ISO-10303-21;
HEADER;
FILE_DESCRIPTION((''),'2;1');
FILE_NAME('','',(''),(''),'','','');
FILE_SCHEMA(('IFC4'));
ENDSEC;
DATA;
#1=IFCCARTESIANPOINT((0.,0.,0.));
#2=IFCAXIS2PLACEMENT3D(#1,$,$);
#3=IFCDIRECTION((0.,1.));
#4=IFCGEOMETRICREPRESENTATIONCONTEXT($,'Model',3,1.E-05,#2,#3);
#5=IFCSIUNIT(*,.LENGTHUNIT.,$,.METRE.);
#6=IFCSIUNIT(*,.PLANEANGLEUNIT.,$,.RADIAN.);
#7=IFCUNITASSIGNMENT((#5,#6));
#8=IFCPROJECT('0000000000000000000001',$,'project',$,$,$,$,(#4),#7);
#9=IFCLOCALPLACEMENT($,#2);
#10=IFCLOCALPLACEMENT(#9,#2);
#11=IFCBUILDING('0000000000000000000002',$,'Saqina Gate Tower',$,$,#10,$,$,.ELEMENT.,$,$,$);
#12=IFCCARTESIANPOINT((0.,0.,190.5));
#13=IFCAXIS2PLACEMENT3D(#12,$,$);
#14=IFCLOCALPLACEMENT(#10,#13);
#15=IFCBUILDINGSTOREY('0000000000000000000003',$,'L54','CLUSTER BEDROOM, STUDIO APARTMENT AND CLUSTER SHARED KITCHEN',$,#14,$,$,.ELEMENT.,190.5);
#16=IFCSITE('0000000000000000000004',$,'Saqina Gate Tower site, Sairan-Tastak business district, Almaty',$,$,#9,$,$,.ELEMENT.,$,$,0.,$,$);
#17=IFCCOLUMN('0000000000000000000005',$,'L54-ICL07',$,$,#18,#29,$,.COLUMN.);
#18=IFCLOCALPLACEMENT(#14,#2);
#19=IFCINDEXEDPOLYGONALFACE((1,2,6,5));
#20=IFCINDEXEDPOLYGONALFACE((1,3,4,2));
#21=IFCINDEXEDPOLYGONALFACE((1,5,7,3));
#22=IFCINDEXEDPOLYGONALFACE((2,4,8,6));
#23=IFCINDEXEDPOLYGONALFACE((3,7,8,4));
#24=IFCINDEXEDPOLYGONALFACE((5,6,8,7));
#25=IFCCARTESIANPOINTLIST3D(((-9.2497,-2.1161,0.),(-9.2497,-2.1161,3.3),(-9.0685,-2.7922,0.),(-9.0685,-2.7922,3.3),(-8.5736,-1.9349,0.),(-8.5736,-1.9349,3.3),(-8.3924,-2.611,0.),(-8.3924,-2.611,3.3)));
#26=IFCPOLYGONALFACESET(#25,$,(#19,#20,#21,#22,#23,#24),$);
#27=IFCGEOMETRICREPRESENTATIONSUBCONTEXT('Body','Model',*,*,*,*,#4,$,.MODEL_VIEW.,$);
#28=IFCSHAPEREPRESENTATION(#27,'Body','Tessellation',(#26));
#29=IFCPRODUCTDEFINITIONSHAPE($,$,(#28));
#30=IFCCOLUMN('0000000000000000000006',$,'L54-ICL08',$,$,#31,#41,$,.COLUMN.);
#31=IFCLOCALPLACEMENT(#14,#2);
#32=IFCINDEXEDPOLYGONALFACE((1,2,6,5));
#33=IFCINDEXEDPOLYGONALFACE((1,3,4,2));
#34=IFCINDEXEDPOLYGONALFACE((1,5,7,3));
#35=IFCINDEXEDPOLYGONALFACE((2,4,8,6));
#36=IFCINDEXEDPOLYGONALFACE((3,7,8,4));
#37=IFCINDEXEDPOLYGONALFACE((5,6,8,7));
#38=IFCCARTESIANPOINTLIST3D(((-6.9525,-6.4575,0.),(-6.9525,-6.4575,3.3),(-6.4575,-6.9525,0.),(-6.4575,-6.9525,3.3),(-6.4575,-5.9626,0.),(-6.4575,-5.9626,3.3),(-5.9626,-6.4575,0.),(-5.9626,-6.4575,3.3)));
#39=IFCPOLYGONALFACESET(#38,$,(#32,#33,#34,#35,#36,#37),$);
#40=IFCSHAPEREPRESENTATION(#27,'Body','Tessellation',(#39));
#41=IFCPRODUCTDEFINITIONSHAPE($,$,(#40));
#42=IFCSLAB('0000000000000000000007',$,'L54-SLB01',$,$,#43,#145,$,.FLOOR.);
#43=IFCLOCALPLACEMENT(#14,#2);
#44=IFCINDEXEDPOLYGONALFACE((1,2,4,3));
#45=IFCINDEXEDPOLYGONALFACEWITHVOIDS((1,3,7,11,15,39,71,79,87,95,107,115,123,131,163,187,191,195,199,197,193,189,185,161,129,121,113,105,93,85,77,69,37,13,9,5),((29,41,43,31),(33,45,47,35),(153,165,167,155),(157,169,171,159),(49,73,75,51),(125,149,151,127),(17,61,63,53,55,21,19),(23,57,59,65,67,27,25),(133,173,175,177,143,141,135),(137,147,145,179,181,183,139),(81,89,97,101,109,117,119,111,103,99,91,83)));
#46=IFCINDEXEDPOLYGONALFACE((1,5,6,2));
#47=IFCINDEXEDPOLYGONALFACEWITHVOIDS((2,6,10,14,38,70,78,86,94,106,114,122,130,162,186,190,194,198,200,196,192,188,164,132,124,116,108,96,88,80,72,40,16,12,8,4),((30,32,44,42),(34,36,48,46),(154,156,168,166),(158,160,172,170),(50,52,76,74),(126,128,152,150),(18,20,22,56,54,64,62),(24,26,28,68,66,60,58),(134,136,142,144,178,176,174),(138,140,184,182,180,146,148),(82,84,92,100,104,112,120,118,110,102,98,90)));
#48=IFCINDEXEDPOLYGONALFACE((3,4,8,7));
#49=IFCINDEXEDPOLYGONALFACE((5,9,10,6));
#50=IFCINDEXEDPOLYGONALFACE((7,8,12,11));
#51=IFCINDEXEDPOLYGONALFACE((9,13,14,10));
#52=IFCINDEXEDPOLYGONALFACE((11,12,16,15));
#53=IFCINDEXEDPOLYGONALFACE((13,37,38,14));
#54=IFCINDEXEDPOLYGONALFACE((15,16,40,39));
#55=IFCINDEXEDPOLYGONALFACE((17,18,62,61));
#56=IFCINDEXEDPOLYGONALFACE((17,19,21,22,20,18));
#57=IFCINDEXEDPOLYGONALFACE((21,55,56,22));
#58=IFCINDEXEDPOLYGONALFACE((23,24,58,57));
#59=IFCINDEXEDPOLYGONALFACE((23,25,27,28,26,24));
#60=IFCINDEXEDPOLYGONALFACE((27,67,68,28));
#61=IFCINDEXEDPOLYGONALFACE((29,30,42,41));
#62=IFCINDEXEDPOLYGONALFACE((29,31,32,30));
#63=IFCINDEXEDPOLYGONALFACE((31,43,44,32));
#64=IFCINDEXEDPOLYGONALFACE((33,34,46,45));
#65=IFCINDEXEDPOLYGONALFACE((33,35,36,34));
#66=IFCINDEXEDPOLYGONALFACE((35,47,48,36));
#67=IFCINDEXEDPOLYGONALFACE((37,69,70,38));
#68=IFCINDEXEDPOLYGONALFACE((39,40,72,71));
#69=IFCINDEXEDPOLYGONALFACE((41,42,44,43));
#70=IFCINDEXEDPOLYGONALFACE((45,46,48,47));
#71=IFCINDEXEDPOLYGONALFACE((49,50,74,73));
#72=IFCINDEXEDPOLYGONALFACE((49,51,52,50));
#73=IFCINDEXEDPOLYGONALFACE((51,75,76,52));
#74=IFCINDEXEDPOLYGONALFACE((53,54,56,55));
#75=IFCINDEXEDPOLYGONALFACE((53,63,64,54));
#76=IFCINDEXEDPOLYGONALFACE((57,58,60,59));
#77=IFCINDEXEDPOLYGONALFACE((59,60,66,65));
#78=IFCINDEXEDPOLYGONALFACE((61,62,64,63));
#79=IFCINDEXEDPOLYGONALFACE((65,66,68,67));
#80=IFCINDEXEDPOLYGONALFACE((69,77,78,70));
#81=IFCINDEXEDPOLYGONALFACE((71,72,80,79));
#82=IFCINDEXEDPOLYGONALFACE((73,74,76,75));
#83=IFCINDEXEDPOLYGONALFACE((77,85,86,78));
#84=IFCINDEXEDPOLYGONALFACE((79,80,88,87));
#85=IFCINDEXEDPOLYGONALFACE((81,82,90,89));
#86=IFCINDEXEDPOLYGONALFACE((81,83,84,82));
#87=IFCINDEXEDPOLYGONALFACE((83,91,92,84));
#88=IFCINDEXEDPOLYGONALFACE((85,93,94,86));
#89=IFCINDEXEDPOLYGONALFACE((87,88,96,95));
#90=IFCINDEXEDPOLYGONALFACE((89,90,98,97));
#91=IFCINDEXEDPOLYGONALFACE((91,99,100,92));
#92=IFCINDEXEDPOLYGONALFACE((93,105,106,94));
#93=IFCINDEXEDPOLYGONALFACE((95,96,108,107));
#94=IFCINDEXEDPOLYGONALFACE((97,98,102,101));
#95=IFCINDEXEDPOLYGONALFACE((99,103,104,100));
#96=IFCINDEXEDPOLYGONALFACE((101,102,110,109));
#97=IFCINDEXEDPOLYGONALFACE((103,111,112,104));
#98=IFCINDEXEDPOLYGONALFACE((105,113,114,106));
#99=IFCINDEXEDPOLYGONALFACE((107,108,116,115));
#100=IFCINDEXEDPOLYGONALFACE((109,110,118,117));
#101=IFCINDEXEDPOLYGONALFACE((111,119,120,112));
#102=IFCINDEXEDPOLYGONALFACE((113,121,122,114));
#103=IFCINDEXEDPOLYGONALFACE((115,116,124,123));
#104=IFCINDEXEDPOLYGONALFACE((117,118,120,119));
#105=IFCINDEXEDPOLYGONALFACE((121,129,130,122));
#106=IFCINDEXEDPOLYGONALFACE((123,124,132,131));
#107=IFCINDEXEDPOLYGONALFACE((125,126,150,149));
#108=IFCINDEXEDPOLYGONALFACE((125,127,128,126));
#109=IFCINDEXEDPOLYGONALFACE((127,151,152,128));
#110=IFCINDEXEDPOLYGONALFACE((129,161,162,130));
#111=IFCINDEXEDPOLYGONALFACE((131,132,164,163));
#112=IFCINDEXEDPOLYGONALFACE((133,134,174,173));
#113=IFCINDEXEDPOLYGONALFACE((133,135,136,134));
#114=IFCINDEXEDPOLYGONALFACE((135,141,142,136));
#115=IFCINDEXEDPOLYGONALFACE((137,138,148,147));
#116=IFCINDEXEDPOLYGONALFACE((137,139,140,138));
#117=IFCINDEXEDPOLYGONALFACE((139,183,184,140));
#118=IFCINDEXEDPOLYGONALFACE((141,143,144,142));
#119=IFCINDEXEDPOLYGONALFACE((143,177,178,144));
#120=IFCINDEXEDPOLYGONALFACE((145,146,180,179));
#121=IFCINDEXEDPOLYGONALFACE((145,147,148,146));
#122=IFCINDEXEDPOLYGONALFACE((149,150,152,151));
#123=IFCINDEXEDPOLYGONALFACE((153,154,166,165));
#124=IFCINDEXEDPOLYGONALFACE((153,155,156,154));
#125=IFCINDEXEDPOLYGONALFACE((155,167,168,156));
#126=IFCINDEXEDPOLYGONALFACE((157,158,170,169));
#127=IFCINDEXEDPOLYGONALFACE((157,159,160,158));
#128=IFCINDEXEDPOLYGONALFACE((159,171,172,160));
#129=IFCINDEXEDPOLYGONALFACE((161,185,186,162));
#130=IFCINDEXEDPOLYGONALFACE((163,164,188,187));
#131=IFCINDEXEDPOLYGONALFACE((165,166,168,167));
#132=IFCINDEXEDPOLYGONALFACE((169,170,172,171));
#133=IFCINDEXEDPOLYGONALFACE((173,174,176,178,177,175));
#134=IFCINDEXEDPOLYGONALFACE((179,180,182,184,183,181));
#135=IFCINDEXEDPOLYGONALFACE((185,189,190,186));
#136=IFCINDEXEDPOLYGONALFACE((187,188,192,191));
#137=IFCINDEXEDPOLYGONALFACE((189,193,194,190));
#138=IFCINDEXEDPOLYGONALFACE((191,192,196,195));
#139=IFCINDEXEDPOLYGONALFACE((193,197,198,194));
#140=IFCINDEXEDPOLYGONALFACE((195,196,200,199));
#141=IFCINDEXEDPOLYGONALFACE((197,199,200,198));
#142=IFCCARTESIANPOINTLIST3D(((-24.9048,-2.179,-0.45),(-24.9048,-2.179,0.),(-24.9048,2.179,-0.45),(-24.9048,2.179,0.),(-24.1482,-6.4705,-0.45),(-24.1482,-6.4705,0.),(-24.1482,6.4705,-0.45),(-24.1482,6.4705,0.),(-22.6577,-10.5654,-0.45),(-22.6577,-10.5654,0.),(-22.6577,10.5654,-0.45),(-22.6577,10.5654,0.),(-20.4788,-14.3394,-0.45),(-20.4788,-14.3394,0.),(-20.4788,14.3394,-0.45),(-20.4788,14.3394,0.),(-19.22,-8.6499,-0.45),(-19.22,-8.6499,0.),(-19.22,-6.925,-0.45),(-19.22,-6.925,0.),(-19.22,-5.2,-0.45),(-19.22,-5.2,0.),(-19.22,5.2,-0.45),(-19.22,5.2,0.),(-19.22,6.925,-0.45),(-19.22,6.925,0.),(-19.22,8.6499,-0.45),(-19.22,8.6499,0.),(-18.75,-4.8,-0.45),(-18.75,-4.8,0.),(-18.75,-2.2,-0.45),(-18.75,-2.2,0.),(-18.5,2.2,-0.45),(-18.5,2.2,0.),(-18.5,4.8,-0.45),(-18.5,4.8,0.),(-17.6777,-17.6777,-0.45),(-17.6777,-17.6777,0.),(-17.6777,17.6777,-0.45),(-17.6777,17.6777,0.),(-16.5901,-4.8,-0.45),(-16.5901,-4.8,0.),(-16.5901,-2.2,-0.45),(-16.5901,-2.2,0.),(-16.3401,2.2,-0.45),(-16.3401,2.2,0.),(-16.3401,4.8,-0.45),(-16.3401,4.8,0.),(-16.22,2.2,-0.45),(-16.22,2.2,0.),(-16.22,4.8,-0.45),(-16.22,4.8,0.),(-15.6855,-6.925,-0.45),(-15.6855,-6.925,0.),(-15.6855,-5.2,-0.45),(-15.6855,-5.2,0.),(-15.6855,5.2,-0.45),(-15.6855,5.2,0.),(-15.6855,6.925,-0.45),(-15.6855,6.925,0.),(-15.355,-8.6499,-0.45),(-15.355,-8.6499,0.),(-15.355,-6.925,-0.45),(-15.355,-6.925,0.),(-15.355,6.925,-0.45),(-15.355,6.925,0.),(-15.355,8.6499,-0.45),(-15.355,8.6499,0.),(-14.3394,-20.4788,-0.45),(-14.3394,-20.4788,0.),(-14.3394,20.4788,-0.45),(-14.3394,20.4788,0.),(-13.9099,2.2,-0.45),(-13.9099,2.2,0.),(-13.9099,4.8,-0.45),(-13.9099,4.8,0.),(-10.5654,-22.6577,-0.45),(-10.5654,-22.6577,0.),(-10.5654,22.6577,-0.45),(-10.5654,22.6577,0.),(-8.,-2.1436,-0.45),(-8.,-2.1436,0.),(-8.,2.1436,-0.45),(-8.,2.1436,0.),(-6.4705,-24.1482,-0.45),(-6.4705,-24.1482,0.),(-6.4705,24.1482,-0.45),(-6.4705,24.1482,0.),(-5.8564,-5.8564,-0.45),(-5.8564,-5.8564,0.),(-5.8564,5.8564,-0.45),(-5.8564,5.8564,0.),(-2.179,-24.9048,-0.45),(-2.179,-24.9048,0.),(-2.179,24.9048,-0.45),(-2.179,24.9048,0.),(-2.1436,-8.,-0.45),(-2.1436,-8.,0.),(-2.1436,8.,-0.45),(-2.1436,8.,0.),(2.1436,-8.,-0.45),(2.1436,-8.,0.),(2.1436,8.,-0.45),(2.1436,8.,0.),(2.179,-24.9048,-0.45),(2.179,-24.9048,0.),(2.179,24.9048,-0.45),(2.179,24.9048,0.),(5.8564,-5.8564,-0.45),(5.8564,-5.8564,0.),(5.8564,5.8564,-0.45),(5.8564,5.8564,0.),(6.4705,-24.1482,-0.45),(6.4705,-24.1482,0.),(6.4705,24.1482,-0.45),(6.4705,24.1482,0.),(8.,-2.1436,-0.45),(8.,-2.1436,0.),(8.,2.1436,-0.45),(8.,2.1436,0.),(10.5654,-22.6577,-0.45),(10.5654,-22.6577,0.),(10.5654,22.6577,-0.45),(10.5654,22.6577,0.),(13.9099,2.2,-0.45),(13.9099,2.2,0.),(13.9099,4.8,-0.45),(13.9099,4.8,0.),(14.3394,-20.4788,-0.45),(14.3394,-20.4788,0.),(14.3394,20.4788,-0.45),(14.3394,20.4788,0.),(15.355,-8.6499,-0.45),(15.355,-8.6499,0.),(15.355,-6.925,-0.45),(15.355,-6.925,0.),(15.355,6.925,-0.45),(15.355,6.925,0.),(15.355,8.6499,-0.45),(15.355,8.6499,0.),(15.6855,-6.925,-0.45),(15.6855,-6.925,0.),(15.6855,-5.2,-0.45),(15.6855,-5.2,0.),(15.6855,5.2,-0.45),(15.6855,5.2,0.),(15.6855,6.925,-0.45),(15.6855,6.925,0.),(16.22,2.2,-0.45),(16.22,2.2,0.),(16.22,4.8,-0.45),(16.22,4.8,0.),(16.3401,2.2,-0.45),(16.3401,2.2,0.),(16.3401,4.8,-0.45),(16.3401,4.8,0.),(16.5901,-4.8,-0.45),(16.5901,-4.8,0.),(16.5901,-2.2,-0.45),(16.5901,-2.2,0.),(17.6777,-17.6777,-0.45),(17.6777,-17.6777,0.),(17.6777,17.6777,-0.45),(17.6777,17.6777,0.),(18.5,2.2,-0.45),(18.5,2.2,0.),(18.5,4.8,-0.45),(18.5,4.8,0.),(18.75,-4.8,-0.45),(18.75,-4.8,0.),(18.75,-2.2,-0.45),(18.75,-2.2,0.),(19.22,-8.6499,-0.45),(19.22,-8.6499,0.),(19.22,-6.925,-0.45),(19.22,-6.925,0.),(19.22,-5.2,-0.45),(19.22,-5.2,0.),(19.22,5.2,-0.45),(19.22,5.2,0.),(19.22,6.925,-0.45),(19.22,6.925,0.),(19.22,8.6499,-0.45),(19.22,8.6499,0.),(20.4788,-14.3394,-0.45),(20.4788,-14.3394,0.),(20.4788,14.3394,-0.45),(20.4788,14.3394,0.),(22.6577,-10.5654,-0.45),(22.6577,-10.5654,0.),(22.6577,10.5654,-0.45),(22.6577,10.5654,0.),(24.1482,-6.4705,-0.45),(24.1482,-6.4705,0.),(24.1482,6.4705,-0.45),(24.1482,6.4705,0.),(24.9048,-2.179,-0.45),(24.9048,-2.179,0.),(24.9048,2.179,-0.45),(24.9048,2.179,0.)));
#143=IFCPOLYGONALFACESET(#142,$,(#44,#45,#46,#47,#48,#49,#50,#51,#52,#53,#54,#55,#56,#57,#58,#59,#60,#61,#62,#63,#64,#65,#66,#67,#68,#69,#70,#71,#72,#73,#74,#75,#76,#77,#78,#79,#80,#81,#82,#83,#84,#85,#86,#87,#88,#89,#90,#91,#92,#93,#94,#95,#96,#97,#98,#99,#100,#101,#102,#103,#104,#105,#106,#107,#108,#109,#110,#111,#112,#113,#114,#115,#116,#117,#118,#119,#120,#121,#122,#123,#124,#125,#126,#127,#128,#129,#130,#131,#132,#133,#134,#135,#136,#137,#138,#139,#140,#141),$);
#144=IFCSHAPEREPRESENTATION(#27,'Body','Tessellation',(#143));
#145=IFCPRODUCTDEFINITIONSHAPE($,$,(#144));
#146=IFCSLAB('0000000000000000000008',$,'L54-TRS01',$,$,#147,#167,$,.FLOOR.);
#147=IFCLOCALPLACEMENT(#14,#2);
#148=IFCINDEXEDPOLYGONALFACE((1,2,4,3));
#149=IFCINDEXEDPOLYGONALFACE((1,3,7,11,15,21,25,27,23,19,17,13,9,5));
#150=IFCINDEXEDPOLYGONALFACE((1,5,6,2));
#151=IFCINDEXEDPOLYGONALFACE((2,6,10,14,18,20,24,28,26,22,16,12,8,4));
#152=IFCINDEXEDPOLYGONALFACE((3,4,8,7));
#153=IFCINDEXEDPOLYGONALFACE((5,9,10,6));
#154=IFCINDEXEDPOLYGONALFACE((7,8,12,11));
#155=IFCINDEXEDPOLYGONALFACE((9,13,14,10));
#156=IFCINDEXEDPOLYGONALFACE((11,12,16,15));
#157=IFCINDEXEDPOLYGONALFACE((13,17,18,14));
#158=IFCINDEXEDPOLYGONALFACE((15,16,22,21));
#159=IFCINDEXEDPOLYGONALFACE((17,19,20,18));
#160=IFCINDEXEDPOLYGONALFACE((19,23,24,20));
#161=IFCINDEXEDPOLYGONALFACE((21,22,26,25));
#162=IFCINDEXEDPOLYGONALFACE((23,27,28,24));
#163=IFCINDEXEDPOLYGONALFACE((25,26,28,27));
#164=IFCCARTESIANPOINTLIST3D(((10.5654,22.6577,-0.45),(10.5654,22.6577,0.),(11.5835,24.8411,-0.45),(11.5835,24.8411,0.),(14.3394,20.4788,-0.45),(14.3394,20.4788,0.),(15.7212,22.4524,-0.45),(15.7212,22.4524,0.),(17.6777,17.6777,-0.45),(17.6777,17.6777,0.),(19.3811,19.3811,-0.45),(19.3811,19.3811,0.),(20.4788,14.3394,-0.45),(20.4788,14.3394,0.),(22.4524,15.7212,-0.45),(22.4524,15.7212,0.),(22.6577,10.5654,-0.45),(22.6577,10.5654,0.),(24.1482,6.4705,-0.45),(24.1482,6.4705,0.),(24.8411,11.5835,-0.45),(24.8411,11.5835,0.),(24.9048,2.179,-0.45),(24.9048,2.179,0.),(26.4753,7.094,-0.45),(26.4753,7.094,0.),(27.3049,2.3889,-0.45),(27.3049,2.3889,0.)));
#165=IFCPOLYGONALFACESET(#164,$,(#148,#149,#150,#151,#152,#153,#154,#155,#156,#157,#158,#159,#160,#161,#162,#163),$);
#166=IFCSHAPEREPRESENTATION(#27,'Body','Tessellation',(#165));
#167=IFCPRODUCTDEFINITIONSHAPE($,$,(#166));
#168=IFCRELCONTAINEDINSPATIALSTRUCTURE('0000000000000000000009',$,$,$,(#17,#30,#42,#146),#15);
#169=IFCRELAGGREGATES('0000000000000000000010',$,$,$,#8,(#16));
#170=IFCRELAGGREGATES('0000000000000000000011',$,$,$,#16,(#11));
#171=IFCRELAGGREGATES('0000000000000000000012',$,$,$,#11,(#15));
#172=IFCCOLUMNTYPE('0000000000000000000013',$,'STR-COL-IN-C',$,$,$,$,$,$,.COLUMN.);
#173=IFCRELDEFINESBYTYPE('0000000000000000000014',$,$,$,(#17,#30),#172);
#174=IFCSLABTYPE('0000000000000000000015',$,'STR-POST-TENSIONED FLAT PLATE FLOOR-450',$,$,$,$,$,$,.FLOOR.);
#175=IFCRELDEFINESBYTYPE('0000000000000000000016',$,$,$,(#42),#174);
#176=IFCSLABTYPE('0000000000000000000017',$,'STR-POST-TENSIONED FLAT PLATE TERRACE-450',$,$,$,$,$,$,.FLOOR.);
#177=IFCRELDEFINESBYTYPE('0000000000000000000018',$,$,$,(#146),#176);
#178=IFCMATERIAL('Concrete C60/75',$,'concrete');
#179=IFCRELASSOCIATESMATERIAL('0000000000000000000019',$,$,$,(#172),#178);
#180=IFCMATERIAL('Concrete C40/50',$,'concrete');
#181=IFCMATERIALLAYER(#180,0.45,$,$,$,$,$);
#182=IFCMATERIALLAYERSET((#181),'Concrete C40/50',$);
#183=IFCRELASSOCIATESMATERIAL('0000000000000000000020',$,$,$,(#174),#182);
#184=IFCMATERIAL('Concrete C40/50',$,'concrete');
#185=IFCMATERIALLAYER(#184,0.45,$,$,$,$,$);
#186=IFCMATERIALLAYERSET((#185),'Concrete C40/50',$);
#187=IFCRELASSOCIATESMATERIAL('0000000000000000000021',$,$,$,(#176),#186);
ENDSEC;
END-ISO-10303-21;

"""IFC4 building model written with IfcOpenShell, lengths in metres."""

from ifc_helpers import new_model, si_unit, direction, frame, origin, origin_2d, place, context, subcontext, project, spatial, polyline, rectangle, outline, extrude, material, layer, layer_set, material_profile, profile_set, type_object, element, save


model = new_model("IFC4")

# Units and contexts
model_context = context("Model", 3, precision=1e-05, world=origin(), true_north=direction((0.0, 1.0)))
body_context = subcontext(model_context, "Body", "Model", "MODEL_VIEW")
ifc_project = project(units=[si_unit("LENGTHUNIT", "METRE"), si_unit("PLANEANGLEUNIT", "RADIAN")], contexts=[model_context])

# Site, building, storey
site_placement = place(None, origin())
site = spatial("IfcSite", under=ifc_project, at=site_placement, Name="Saqina Gate Tower site, Sairan-Tastak business district, Almaty", CompositionType="ELEMENT", RefElevation=0.0)
building_placement = place(site_placement, origin())
building = spatial("IfcBuilding", under=site, at=building_placement, Name="Saqina Gate Tower", CompositionType="ELEMENT")
storey_placement = place(building_placement, frame((0.0, 0.0, 190.5)))
storey = spatial("IfcBuildingStorey", under=building, at=storey_placement, Name="L54", Description="CLUSTER BEDROOM, STUDIO APARTMENT AND CLUSTER SHARED KITCHEN", CompositionType="ELEMENT", Elevation=190.5)

# Columns
ifc_material_1 = material(Name="Concrete C60/75", Category="concrete")
ifc_material_profile = material_profile(ifc_material_1, rectangle(XDim=0.7, YDim=0.7, at=origin_2d()), Name="RC 700x700")
ifc_profile_set = profile_set([ifc_material_profile], Name="Concrete C60/75")
column_type = type_object("IfcColumnType", Name="STR-COL-IN-C", PredefinedType="COLUMN", material=ifc_profile_set)
for number, where, z_axis, x_axis, name in (
    (1, (-8.821, -2.3635, 0.0), (0.0, 0.0, 1.0), (-0.965926, -0.258819, 0.0), "L54-ICL07"),
    (2, (-6.4575, -6.4575, 0.0), (0.0, 0.0, 1.0), (-0.707107, -0.707107, 0.0), "L54-ICL08"),
):
    element("IfcColumn", number, at=place(storey_placement, frame(where, z_axis=z_axis, x_axis=x_axis)), inside=storey, type_object=column_type, Name=name, PredefinedType="COLUMN", context=body_context, shape_type="SweptSolid", body=[
        extrude(rectangle(XDim=0.7, YDim=0.7, at=origin_2d()), origin(), (0.0, 0.0, 1.0), 3.3),
    ])

# Slabs
ifc_material_2 = material(Name="Concrete C40/50", Category="concrete")
ifc_layer_1 = layer(ifc_material_2, 0.45)
ifc_layer_set_1 = layer_set([ifc_layer_1], Name="Concrete C40/50")
slab_type_1 = type_object("IfcSlabType", Name="STR-POST-TENSIONED FLAT PLATE FLOOR-450", PredefinedType="FLOOR", material=ifc_layer_set_1)
slab_1_placement = place(storey_placement, frame((0.0, 0.0, -0.45)))
element("IfcSlab", 3, at=slab_1_placement, inside=storey, type_object=slab_type_1, Name="L54-SLB01", PredefinedType="FLOOR", context=body_context, shape_type="SweptSolid", body=[
    extrude(outline(polyline([(24.1482, -6.4705), (24.9048, -2.179), (24.9048, 2.179), (24.1482, 6.4705), (22.6577, 10.5654), (20.4788, 14.3394), (17.6777, 17.6777), (14.3394, 20.4788), (10.5654, 22.6577), (6.4705, 24.1482), (2.179, 24.9048), (-2.179, 24.9048), (-6.4705, 24.1482), (-10.5654, 22.6577), (-14.3394, 20.4788), (-17.6777, 17.6777), (-20.4788, 14.3394), (-22.6577, 10.5654), (-24.1482, 6.4705), (-24.9048, 2.179), (-24.9048, -2.179), (-24.1482, -6.4705), (-22.6577, -10.5654), (-20.4788, -14.3394), (-17.6777, -17.6777), (-14.3394, -20.4788), (-10.5654, -22.6577), (-6.4705, -24.1482), (-2.179, -24.9048), (2.179, -24.9048), (6.4705, -24.1482), (10.5654, -22.6577), (14.3394, -20.4788), (17.6777, -17.6777), (20.4788, -14.3394), (22.6577, -10.5654), (24.1482, -6.4705)]), holes=[polyline([(2.1436, 8.0), (5.8564, 5.8564), (8.0, 2.1436), (8.0, -2.1436), (5.8564, -5.8564), (2.1436, -8.0), (-2.1436, -8.0), (-5.8564, -5.8564), (-8.0, -2.1436), (-8.0, 2.1436), (-5.8564, 5.8564), (-2.1436, 8.0), (2.1436, 8.0)]), polyline([(-15.355, -8.6499), (-19.22, -8.6499), (-19.22, -6.925), (-19.22, -5.2), (-15.6855, -5.2), (-15.6855, -6.925), (-15.355, -6.925), (-15.355, -8.6499)]), polyline([(-16.5901, -2.2), (-16.5901, -4.8), (-18.75, -4.8), (-18.75, -2.2), (-16.5901, -2.2)]), polyline([(-16.3401, 4.8), (-16.3401, 2.2), (-18.5, 2.2), (-18.5, 4.8), (-16.3401, 4.8)]), polyline([(-13.9099, 4.8), (-13.9099, 2.2), (-16.22, 2.2), (-16.22, 4.8), (-13.9099, 4.8)]), polyline([(-19.22, 6.925), (-19.22, 8.6499), (-15.355, 8.6499), (-15.355, 6.925), (-15.6855, 6.925), (-15.6855, 5.2), (-19.22, 5.2), (-19.22, 6.925)]), polyline([(15.355, -8.6499), (15.355, -6.925), (15.6855, -6.925), (15.6855, -5.2), (19.22, -5.2), (19.22, -6.925), (19.22, -8.6499), (15.355, -8.6499)]), polyline([(18.75, -2.2), (18.75, -4.8), (16.5901, -4.8), (16.5901, -2.2), (18.75, -2.2)]), polyline([(16.22, 4.8), (16.22, 2.2), (13.9099, 2.2), (13.9099, 4.8), (16.22, 4.8)]), polyline([(18.5, 4.8), (18.5, 2.2), (16.3401, 2.2), (16.3401, 4.8), (18.5, 4.8)]), polyline([(15.6855, 6.925), (15.355, 6.925), (15.355, 8.6499), (19.22, 8.6499), (19.22, 6.925), (19.22, 5.2), (15.6855, 5.2), (15.6855, 6.925)])]), origin(), (0.0, 0.0, 1.0), 0.45),
])
ifc_material_3 = material(Name="Concrete C40/50", Category="concrete")
ifc_layer_2 = layer(ifc_material_3, 0.45)
ifc_layer_set_2 = layer_set([ifc_layer_2], Name="Concrete C40/50")
slab_type_2 = type_object("IfcSlabType", Name="STR-POST-TENSIONED FLAT PLATE TERRACE-450", PredefinedType="FLOOR", material=ifc_layer_set_2)
slab_2_placement = place(storey_placement, frame((0.0, 0.0, -0.45)))
element("IfcSlab", 4, at=slab_2_placement, inside=storey, type_object=slab_type_2, Name="L54-TRS01", PredefinedType="FLOOR", context=body_context, shape_type="SweptSolid", body=[
    extrude(outline(polyline([(24.9048, 2.179), (24.1482, 6.4705), (22.6577, 10.5654), (20.4788, 14.3394), (17.6777, 17.6777), (14.3394, 20.4788), (10.5654, 22.6577), (11.5835, 24.8411), (15.7212, 22.4524), (19.3811, 19.3811), (22.4524, 15.7212), (24.8411, 11.5835), (26.4753, 7.094), (27.3049, 2.3889), (24.9048, 2.179)])), origin(), (0.0, 0.0, 1.0), 0.45),
])

save(model, "model.ifc")
